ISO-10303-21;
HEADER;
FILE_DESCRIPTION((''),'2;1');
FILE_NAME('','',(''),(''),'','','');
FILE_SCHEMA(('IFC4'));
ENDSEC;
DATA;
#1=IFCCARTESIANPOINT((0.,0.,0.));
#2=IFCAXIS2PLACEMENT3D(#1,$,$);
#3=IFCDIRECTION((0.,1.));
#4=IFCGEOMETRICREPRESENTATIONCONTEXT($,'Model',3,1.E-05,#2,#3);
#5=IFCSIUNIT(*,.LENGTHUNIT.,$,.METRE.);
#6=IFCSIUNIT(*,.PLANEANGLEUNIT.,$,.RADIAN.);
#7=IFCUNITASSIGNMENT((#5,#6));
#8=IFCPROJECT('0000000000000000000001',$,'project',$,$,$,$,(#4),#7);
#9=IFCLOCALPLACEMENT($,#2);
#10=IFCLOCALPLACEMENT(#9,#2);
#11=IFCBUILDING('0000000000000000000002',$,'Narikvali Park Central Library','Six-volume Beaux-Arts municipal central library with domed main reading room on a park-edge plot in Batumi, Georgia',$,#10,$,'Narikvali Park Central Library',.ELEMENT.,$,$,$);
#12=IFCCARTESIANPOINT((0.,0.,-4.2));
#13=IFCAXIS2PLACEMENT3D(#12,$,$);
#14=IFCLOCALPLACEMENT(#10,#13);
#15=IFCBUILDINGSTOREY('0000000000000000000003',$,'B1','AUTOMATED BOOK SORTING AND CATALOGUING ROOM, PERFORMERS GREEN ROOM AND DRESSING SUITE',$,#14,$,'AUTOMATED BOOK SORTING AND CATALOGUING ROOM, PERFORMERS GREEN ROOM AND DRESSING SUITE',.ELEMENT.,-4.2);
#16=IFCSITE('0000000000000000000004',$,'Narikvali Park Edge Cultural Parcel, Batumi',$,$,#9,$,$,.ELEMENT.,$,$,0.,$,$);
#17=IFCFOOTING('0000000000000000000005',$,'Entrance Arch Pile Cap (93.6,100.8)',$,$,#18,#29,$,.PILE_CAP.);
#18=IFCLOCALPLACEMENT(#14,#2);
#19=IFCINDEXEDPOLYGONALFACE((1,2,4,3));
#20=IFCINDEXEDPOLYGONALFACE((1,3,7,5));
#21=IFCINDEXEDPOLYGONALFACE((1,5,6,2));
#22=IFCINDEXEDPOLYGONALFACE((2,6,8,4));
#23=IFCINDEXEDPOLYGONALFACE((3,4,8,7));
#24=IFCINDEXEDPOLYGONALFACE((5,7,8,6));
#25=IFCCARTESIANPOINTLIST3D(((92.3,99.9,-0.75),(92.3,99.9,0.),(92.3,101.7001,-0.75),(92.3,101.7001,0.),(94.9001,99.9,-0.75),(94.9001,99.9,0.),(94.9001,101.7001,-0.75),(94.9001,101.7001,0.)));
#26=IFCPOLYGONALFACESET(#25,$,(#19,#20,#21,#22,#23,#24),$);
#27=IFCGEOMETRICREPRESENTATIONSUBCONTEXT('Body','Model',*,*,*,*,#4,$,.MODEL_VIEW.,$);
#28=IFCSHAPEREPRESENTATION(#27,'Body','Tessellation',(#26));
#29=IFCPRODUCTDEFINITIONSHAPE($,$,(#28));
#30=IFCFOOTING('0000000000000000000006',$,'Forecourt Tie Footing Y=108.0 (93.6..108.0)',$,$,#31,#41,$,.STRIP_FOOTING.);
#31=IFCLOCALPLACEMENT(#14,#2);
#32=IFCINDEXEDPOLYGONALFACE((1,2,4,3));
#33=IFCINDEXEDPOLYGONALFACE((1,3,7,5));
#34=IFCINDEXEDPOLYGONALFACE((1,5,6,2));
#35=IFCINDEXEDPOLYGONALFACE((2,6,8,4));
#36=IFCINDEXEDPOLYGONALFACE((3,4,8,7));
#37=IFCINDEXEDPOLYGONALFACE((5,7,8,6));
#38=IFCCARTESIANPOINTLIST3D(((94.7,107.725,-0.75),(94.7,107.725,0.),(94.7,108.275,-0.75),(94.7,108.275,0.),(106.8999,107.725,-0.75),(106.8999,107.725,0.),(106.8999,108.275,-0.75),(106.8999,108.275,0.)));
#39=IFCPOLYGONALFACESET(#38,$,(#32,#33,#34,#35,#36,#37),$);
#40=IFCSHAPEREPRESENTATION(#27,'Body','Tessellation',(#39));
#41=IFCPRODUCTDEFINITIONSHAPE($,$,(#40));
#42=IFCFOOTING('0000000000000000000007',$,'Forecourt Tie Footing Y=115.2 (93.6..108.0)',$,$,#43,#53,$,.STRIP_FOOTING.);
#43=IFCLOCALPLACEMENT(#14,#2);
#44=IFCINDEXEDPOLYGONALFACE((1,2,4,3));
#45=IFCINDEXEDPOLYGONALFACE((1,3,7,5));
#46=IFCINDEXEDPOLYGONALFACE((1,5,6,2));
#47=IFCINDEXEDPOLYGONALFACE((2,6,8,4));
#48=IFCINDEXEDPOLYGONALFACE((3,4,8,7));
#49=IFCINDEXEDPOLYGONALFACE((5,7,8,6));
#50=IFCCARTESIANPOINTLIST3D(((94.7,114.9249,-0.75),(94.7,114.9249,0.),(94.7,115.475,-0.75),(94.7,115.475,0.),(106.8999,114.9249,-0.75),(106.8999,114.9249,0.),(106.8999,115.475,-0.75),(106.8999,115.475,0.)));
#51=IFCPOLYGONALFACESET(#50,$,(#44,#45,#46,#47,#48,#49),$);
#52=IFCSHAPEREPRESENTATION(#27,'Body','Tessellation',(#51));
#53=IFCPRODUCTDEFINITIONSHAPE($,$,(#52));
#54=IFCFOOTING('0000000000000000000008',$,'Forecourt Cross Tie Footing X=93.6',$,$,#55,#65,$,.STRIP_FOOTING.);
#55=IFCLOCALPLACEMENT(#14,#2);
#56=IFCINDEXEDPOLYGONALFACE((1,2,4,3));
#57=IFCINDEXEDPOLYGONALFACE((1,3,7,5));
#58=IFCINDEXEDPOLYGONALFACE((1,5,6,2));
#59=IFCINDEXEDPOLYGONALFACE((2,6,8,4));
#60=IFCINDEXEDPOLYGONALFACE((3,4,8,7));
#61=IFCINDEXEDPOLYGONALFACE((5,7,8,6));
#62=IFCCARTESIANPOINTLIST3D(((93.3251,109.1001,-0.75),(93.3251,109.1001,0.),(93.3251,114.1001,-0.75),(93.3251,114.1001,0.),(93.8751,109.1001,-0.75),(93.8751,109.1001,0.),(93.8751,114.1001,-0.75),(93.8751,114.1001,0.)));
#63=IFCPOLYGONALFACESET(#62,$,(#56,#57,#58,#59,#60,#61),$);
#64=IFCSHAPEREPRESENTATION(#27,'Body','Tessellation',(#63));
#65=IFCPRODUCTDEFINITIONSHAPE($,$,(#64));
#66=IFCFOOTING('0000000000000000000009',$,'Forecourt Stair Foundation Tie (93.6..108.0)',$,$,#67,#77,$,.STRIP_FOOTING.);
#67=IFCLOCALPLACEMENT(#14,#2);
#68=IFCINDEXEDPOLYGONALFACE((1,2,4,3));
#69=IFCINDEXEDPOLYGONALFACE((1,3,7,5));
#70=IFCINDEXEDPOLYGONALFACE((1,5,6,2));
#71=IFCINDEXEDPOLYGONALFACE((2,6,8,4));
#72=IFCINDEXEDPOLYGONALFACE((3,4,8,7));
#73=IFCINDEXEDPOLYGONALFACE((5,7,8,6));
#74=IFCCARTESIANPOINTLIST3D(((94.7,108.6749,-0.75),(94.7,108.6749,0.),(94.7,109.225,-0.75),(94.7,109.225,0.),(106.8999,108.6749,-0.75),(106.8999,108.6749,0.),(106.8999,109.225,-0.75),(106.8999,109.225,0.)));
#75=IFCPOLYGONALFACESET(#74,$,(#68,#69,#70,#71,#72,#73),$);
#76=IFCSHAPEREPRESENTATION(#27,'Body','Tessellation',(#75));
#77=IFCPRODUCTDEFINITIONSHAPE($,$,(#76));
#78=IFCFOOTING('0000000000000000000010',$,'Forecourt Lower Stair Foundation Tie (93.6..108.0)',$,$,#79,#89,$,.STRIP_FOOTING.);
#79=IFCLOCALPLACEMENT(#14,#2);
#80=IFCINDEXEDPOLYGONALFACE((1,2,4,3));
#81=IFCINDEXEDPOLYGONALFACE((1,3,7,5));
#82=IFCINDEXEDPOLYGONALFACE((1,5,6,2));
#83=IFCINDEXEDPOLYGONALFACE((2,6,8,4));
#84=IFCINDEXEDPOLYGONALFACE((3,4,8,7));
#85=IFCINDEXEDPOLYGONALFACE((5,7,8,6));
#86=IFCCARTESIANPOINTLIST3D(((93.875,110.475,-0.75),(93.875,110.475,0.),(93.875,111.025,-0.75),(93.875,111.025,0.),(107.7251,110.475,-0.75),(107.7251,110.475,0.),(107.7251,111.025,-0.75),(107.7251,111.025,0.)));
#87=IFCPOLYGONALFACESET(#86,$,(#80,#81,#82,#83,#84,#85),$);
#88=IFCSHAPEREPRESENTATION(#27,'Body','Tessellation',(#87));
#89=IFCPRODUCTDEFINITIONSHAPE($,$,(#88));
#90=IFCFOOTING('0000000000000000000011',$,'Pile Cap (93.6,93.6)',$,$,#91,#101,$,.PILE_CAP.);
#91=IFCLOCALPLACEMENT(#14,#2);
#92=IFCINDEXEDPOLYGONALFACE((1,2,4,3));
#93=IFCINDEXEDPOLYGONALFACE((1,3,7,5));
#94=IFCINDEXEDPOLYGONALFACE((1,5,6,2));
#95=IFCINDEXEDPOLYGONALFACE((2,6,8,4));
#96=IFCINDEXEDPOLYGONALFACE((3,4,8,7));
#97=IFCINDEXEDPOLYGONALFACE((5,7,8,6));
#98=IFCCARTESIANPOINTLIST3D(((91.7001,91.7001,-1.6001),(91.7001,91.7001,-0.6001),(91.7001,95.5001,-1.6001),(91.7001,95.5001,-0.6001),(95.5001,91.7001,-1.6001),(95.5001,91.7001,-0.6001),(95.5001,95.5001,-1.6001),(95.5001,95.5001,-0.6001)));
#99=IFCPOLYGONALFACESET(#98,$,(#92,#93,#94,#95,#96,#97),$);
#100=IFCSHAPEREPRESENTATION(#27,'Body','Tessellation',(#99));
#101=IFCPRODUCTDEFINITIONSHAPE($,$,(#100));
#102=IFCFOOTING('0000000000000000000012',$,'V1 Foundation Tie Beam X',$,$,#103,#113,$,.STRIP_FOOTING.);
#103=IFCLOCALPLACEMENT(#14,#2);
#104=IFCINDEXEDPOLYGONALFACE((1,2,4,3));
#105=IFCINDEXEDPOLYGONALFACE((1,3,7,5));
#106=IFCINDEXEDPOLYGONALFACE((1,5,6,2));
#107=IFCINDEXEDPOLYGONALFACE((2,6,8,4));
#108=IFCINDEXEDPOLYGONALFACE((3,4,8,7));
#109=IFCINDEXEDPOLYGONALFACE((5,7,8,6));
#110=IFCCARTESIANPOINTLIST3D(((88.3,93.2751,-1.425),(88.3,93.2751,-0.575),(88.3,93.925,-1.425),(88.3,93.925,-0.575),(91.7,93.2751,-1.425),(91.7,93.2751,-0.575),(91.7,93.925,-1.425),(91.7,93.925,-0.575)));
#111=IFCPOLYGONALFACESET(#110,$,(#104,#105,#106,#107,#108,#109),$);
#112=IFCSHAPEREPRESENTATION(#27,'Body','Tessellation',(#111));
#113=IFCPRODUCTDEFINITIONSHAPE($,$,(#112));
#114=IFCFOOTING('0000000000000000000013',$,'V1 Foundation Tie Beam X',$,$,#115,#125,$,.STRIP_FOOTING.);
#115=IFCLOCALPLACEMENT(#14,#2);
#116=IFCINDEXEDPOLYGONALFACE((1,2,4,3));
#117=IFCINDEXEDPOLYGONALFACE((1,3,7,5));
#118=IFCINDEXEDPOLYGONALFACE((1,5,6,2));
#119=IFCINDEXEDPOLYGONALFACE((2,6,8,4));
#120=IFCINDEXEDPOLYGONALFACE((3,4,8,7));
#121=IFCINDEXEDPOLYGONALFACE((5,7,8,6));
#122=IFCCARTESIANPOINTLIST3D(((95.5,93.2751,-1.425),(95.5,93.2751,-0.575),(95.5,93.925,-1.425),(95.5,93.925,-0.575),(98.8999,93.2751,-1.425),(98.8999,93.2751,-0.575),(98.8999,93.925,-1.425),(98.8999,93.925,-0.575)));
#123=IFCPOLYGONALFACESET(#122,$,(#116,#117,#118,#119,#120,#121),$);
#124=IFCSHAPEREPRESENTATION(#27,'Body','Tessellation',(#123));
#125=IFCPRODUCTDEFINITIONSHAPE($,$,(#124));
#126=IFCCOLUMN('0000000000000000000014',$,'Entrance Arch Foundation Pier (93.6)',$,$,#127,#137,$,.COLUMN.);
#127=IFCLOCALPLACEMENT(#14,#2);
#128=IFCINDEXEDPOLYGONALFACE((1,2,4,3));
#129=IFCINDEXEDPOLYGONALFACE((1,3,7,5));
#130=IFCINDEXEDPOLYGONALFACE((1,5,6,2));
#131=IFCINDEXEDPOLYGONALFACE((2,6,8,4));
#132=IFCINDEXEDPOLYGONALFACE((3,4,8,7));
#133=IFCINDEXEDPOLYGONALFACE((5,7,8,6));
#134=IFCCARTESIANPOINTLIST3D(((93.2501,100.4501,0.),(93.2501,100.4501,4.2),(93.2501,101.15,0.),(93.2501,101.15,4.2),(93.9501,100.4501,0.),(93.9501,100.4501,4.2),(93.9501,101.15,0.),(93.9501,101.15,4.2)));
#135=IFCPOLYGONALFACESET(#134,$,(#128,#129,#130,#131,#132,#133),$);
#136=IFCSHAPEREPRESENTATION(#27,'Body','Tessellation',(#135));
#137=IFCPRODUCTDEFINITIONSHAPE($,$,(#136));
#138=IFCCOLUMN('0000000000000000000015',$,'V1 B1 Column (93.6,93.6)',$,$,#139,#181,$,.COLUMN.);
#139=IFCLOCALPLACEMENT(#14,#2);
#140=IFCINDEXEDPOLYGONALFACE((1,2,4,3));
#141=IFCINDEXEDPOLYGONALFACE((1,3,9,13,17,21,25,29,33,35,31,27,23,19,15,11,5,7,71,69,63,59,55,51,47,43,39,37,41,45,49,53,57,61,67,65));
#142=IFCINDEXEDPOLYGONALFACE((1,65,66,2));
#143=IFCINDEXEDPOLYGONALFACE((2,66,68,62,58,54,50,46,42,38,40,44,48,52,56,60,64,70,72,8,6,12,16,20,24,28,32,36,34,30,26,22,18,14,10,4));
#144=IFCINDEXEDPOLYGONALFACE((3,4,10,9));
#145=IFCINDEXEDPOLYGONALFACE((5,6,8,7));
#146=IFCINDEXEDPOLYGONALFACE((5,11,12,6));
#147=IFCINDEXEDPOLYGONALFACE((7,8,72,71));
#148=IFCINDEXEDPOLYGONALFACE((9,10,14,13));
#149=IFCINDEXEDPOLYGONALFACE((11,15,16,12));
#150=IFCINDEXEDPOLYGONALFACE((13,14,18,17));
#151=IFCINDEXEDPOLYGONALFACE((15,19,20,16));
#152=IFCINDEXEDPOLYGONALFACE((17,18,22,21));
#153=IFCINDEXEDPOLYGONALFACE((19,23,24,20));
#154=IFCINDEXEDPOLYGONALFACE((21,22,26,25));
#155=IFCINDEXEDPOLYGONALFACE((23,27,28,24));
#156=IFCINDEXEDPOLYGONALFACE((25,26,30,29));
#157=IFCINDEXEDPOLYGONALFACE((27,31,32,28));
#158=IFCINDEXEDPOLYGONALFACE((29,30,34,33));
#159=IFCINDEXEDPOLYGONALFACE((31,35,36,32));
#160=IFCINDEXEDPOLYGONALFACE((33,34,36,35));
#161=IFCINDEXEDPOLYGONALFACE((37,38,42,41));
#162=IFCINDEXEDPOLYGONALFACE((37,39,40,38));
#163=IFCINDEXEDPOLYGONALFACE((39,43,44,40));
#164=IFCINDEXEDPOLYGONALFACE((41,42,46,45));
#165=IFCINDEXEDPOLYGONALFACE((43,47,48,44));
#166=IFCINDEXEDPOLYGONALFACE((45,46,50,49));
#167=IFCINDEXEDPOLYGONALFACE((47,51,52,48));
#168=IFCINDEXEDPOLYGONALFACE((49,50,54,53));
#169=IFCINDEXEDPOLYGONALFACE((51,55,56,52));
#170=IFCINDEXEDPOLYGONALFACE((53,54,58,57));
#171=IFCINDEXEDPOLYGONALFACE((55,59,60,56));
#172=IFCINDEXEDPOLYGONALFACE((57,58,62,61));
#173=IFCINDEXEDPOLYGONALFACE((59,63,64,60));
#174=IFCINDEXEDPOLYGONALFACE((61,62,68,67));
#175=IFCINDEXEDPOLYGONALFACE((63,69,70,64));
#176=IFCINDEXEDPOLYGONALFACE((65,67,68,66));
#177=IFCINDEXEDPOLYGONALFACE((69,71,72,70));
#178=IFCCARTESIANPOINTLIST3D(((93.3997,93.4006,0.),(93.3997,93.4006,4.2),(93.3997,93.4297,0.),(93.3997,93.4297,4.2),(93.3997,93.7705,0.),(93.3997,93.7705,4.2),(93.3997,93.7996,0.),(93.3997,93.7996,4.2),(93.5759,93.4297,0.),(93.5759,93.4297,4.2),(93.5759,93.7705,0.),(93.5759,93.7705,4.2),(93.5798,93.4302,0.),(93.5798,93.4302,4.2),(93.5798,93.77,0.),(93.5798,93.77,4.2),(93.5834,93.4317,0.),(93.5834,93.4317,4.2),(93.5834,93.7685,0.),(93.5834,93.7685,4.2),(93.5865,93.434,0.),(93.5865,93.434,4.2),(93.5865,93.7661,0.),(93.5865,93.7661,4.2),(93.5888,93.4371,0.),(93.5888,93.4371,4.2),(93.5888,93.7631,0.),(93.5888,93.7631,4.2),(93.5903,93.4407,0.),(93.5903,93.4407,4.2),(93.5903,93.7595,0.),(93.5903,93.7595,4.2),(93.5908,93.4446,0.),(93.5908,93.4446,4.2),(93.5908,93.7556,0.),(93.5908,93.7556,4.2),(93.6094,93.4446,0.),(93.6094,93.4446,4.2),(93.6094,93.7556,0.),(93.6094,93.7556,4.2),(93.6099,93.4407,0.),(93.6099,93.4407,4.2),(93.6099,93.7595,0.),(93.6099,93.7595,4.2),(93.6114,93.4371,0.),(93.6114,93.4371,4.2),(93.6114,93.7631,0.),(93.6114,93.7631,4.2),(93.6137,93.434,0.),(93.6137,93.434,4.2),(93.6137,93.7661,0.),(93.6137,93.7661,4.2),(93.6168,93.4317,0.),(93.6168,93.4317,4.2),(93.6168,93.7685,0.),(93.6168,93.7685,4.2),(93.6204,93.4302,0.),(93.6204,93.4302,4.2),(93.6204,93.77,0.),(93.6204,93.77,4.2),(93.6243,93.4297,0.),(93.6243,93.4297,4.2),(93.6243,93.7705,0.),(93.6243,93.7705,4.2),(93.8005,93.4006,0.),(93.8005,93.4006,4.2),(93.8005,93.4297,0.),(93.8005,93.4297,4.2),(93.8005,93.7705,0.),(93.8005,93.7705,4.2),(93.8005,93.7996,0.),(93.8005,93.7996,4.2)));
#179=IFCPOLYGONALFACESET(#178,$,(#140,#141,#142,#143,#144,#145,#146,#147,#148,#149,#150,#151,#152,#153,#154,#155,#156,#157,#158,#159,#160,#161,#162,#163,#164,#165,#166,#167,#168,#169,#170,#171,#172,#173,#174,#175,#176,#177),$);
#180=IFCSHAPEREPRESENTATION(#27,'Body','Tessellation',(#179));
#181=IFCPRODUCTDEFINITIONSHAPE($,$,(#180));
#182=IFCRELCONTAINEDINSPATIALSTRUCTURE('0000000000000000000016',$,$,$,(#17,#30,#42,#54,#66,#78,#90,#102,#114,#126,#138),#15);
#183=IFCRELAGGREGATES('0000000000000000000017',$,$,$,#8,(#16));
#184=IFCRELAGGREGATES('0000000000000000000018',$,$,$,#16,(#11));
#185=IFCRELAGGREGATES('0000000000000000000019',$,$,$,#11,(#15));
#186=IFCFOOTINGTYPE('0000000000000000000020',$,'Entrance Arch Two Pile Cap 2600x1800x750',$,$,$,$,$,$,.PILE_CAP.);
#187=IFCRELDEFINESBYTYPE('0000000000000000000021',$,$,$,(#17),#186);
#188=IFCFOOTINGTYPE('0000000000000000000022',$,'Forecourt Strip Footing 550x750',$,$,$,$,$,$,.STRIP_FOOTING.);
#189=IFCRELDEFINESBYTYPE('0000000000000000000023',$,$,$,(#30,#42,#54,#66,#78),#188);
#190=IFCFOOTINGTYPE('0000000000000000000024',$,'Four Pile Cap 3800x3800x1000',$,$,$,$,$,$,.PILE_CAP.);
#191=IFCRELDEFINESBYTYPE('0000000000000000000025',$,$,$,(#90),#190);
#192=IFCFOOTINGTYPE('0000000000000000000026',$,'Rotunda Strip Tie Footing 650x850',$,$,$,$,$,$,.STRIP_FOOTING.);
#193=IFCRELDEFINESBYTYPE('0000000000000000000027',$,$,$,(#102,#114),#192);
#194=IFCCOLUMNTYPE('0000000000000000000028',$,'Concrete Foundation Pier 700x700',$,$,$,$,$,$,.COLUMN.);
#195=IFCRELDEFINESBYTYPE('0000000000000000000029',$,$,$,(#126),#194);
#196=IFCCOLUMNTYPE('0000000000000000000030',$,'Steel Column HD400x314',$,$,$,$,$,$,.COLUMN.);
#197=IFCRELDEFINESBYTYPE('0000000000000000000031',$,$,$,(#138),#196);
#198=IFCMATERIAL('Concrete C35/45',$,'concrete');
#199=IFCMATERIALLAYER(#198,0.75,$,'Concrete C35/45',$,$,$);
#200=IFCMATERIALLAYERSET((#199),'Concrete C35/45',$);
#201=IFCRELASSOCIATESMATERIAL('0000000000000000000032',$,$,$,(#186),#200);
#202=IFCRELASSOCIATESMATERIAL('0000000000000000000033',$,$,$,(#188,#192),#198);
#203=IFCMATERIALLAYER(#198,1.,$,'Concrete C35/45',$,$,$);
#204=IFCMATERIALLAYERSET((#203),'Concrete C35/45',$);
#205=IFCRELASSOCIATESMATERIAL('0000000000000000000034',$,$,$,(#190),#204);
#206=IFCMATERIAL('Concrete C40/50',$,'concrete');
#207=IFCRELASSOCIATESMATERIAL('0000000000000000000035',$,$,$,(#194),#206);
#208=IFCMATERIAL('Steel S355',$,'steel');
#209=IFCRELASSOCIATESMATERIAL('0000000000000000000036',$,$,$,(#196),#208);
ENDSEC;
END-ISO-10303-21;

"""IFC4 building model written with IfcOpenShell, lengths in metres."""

from ifc_helpers import new_model, si_unit, direction, frame, origin, origin_2d, place, context, subcontext, project, spatial, rectangle, i_section, extrude, material, layer, layer_set, material_profile, profile_set, type_object, element, save


model = new_model("IFC4")

# Units and contexts
model_context = context("Model", 3, precision=1e-05, world=origin(), true_north=direction((0.0, 1.0)))
body_context = subcontext(model_context, "Body", "Model", "MODEL_VIEW")
ifc_project = project(units=[si_unit("LENGTHUNIT", "METRE"), si_unit("PLANEANGLEUNIT", "RADIAN")], contexts=[model_context])

# Site, building, storey
site_placement = place(None, origin())
site = spatial("IfcSite", under=ifc_project, at=site_placement, Name="Narikvali Park Edge Cultural Parcel, Batumi", CompositionType="ELEMENT", RefElevation=0.0)
building_placement = place(site_placement, origin())
building = spatial("IfcBuilding", under=site, at=building_placement, Name="Narikvali Park Central Library", Description="Six-volume Beaux-Arts municipal central library with domed main reading room on a park-edge plot in Batumi, Georgia", LongName="Narikvali Park Central Library", CompositionType="ELEMENT")
storey_placement = place(building_placement, frame((0.0, 0.0, -4.2)))
storey = spatial("IfcBuildingStorey", under=building, at=storey_placement, Name="B1", Description="AUTOMATED BOOK SORTING AND CATALOGUING ROOM, PERFORMERS GREEN ROOM AND DRESSING SUITE", LongName="AUTOMATED BOOK SORTING AND CATALOGUING ROOM, PERFORMERS GREEN ROOM AND DRESSING SUITE", CompositionType="ELEMENT", Elevation=-4.2)

# Shared definitions
ifc_material_1 = material(Name="Concrete C35/45", Category="concrete")

# Footings
ifc_layer_1 = layer(ifc_material_1, 0.75, Name="Concrete C35/45")
ifc_layer_set_1 = layer_set([ifc_layer_1], Name="Concrete C35/45")
footing_type_1 = type_object("IfcFootingType", Name="Entrance Arch Two Pile Cap 2600x1800x750", PredefinedType="PILE_CAP", material=ifc_layer_set_1)
footing_1_placement = place(storey_placement, frame((93.6001, 100.8, -0.75), z_axis=(0.0, 0.0, 1.0), x_axis=(1.0, 0.0, 0.0)))
element("IfcFooting", 1, at=footing_1_placement, inside=storey, type_object=footing_type_1, Name="Entrance Arch Pile Cap (93.6,100.8)", PredefinedType="PILE_CAP", context=body_context, shape_type="SweptSolid", body=[
    extrude(rectangle(XDim=2.6001, YDim=1.8, at=origin_2d()), origin(), (0.0, 0.0, 1.0), 0.75),
])
ifc_material_profile_1 = material_profile(ifc_material_1, rectangle(XDim=0.55, YDim=0.75, at=origin_2d()), Name="RC GB 550x750")
ifc_profile_set_1 = profile_set([ifc_material_profile_1], Name="Concrete C35/45")
footing_type_2 = type_object("IfcFootingType", Name="Forecourt Strip Footing 550x750", PredefinedType="STRIP_FOOTING", material=ifc_profile_set_1)
for number, where, z_axis, x_axis, name in (
    (2, (94.7, 108.0, -0.375), (1.0, 0.0, 0.0), (0.0, 1.0, 0.0), "Forecourt Tie Footing Y=108.0 (93.6..108.0)"),
    (3, (94.7, 115.2, -0.375), (1.0, 0.0, 0.0), (0.0, 1.0, 0.0), "Forecourt Tie Footing Y=115.2 (93.6..108.0)"),
):
    element("IfcFooting", number, at=place(storey_placement, frame(where, z_axis=z_axis, x_axis=x_axis)), inside=storey, type_object=footing_type_2, Name=name, PredefinedType="STRIP_FOOTING", context=body_context, shape_type="SweptSolid", body=[
        extrude(rectangle(XDim=0.55, YDim=0.75, at=origin_2d()), origin(), (0.0, 0.0, 1.0), 12.2),
    ])
footing_2_placement = place(storey_placement, frame((93.6001, 109.1001, -0.375), z_axis=(0.0, 1.0, 0.0), x_axis=(-1.0, 0.0, 0.0)))
element("IfcFooting", 4, at=footing_2_placement, inside=storey, type_object=footing_type_2, Name="Forecourt Cross Tie Footing X=93.6", PredefinedType="STRIP_FOOTING", context=body_context, shape_type="SweptSolid", body=[
    extrude(rectangle(XDim=0.55, YDim=0.75, at=origin_2d()), origin(), (0.0, 0.0, 1.0), 5.0),
])
footing_3_placement = place(storey_placement, frame((94.7, 108.95, -0.375), z_axis=(1.0, 0.0, 0.0), x_axis=(0.0, 1.0, 0.0)))
element("IfcFooting", 5, at=footing_3_placement, inside=storey, type_object=footing_type_2, Name="Forecourt Stair Foundation Tie (93.6..108.0)", PredefinedType="STRIP_FOOTING", context=body_context, shape_type="SweptSolid", body=[
    extrude(rectangle(XDim=0.55, YDim=0.75, at=origin_2d()), origin(), (0.0, 0.0, 1.0), 12.2),
])
footing_4_placement = place(storey_placement, frame((93.875, 110.75, -0.375), z_axis=(1.0, 0.0, 0.0), x_axis=(0.0, 1.0, 0.0)))
element("IfcFooting", 6, at=footing_4_placement, inside=storey, type_object=footing_type_2, Name="Forecourt Lower Stair Foundation Tie (93.6..108.0)", PredefinedType="STRIP_FOOTING", context=body_context, shape_type="SweptSolid", body=[
    extrude(rectangle(XDim=0.55, YDim=0.75, at=origin_2d()), origin(), (0.0, 0.0, 1.0), 13.8501),
])
ifc_layer_2 = layer(ifc_material_1, 1.0, Name="Concrete C35/45")
ifc_layer_set_2 = layer_set([ifc_layer_2], Name="Concrete C35/45")
footing_type_3 = type_object("IfcFootingType", Name="Four Pile Cap 3800x3800x1000", PredefinedType="PILE_CAP", material=ifc_layer_set_2)
footing_5_placement = place(storey_placement, frame((93.6001, 93.6001, -1.6001), z_axis=(0.0, 0.0, 1.0), x_axis=(1.0, 0.0, 0.0)))
element("IfcFooting", 7, at=footing_5_placement, inside=storey, type_object=footing_type_3, Name="Pile Cap (93.6,93.6)", PredefinedType="PILE_CAP", context=body_context, shape_type="SweptSolid", body=[
    extrude(rectangle(XDim=3.8, YDim=3.8, at=origin_2d()), origin(), (0.0, 0.0, 1.0), 1.0),
])
ifc_material_profile_2 = material_profile(ifc_material_1, rectangle(XDim=0.6499, YDim=0.8501, at=origin_2d()), Name="RC GB 650x850")
ifc_profile_set_2 = profile_set([ifc_material_profile_2], Name="Concrete C35/45")
footing_type_4 = type_object("IfcFootingType", Name="Rotunda Strip Tie Footing 650x850", PredefinedType="STRIP_FOOTING", material=ifc_profile_set_2)
for number, where, z_axis, x_axis, name in (
    (8, (88.3, 93.6001, -1.0), (1.0, 0.0, 0.0), (0.0, 1.0, 0.0), "V1 Foundation Tie Beam X"),
    (9, (95.5, 93.6001, -1.0), (1.0, 0.0, 0.0), (0.0, 1.0, 0.0), "V1 Foundation Tie Beam X"),
):
    element("IfcFooting", number, at=place(storey_placement, frame(where, z_axis=z_axis, x_axis=x_axis)), inside=storey, type_object=footing_type_4, Name=name, PredefinedType="STRIP_FOOTING", context=body_context, shape_type="SweptSolid", body=[
        extrude(rectangle(XDim=0.6499, YDim=0.8501, at=origin_2d()), origin(), (0.0, 0.0, 1.0), 3.3999),
    ])

# Columns
ifc_material_2 = material(Name="Concrete C40/50", Category="concrete")
ifc_material_profile_3 = material_profile(ifc_material_2, rectangle(XDim=0.7, YDim=0.7, at=origin_2d()), Name="RC 700x700")
ifc_profile_set_3 = profile_set([ifc_material_profile_3], Name="Concrete C40/50")
column_type_1 = type_object("IfcColumnType", Name="Concrete Foundation Pier 700x700", PredefinedType="COLUMN", material=ifc_profile_set_3)
column_1_placement = place(storey_placement, frame((93.6001, 100.8, 0.0), z_axis=(0.0, 0.0, 1.0), x_axis=(1.0, 0.0, 0.0)))
element("IfcColumn", 10, at=column_1_placement, inside=storey, type_object=column_type_1, Name="Entrance Arch Foundation Pier (93.6)", PredefinedType="COLUMN", context=body_context, shape_type="SweptSolid", body=[
    extrude(rectangle(XDim=0.7, YDim=0.7, at=origin_2d()), origin(), (0.0, 0.0, 1.0), 4.2),
])
ifc_material_3 = material(Name="Steel S355", Category="steel")
ifc_material_profile_4 = material_profile(ifc_material_3, i_section(OverallWidth=0.4009, OverallDepth=0.3989, WebThickness=0.0186, FlangeThickness=0.0291, FilletRadius=0.0149, at=origin_2d()), Name="HD 400x314")
ifc_profile_set_4 = profile_set([ifc_material_profile_4], Name="Steel S355")
column_type_2 = type_object("IfcColumnType", Name="Steel Column HD400x314", PredefinedType="COLUMN", material=ifc_profile_set_4)
column_2_placement = place(storey_placement, frame((93.6001, 93.6001, 0.0), z_axis=(0.0, 0.0, 1.0), x_axis=(1.0, 0.0, 0.0)))
element("IfcColumn", 11, at=column_2_placement, inside=storey, type_object=column_type_2, Name="V1 B1 Column (93.6,93.6)", PredefinedType="COLUMN", context=body_context, shape_type="SweptSolid", body=[
    extrude(i_section(OverallWidth=0.4009, OverallDepth=0.3989, WebThickness=0.0186, FlangeThickness=0.0291, FilletRadius=0.0149, at=origin_2d()), origin(), (0.0, 0.0, 1.0), 4.2),
])

save(model, "model.ifc")
